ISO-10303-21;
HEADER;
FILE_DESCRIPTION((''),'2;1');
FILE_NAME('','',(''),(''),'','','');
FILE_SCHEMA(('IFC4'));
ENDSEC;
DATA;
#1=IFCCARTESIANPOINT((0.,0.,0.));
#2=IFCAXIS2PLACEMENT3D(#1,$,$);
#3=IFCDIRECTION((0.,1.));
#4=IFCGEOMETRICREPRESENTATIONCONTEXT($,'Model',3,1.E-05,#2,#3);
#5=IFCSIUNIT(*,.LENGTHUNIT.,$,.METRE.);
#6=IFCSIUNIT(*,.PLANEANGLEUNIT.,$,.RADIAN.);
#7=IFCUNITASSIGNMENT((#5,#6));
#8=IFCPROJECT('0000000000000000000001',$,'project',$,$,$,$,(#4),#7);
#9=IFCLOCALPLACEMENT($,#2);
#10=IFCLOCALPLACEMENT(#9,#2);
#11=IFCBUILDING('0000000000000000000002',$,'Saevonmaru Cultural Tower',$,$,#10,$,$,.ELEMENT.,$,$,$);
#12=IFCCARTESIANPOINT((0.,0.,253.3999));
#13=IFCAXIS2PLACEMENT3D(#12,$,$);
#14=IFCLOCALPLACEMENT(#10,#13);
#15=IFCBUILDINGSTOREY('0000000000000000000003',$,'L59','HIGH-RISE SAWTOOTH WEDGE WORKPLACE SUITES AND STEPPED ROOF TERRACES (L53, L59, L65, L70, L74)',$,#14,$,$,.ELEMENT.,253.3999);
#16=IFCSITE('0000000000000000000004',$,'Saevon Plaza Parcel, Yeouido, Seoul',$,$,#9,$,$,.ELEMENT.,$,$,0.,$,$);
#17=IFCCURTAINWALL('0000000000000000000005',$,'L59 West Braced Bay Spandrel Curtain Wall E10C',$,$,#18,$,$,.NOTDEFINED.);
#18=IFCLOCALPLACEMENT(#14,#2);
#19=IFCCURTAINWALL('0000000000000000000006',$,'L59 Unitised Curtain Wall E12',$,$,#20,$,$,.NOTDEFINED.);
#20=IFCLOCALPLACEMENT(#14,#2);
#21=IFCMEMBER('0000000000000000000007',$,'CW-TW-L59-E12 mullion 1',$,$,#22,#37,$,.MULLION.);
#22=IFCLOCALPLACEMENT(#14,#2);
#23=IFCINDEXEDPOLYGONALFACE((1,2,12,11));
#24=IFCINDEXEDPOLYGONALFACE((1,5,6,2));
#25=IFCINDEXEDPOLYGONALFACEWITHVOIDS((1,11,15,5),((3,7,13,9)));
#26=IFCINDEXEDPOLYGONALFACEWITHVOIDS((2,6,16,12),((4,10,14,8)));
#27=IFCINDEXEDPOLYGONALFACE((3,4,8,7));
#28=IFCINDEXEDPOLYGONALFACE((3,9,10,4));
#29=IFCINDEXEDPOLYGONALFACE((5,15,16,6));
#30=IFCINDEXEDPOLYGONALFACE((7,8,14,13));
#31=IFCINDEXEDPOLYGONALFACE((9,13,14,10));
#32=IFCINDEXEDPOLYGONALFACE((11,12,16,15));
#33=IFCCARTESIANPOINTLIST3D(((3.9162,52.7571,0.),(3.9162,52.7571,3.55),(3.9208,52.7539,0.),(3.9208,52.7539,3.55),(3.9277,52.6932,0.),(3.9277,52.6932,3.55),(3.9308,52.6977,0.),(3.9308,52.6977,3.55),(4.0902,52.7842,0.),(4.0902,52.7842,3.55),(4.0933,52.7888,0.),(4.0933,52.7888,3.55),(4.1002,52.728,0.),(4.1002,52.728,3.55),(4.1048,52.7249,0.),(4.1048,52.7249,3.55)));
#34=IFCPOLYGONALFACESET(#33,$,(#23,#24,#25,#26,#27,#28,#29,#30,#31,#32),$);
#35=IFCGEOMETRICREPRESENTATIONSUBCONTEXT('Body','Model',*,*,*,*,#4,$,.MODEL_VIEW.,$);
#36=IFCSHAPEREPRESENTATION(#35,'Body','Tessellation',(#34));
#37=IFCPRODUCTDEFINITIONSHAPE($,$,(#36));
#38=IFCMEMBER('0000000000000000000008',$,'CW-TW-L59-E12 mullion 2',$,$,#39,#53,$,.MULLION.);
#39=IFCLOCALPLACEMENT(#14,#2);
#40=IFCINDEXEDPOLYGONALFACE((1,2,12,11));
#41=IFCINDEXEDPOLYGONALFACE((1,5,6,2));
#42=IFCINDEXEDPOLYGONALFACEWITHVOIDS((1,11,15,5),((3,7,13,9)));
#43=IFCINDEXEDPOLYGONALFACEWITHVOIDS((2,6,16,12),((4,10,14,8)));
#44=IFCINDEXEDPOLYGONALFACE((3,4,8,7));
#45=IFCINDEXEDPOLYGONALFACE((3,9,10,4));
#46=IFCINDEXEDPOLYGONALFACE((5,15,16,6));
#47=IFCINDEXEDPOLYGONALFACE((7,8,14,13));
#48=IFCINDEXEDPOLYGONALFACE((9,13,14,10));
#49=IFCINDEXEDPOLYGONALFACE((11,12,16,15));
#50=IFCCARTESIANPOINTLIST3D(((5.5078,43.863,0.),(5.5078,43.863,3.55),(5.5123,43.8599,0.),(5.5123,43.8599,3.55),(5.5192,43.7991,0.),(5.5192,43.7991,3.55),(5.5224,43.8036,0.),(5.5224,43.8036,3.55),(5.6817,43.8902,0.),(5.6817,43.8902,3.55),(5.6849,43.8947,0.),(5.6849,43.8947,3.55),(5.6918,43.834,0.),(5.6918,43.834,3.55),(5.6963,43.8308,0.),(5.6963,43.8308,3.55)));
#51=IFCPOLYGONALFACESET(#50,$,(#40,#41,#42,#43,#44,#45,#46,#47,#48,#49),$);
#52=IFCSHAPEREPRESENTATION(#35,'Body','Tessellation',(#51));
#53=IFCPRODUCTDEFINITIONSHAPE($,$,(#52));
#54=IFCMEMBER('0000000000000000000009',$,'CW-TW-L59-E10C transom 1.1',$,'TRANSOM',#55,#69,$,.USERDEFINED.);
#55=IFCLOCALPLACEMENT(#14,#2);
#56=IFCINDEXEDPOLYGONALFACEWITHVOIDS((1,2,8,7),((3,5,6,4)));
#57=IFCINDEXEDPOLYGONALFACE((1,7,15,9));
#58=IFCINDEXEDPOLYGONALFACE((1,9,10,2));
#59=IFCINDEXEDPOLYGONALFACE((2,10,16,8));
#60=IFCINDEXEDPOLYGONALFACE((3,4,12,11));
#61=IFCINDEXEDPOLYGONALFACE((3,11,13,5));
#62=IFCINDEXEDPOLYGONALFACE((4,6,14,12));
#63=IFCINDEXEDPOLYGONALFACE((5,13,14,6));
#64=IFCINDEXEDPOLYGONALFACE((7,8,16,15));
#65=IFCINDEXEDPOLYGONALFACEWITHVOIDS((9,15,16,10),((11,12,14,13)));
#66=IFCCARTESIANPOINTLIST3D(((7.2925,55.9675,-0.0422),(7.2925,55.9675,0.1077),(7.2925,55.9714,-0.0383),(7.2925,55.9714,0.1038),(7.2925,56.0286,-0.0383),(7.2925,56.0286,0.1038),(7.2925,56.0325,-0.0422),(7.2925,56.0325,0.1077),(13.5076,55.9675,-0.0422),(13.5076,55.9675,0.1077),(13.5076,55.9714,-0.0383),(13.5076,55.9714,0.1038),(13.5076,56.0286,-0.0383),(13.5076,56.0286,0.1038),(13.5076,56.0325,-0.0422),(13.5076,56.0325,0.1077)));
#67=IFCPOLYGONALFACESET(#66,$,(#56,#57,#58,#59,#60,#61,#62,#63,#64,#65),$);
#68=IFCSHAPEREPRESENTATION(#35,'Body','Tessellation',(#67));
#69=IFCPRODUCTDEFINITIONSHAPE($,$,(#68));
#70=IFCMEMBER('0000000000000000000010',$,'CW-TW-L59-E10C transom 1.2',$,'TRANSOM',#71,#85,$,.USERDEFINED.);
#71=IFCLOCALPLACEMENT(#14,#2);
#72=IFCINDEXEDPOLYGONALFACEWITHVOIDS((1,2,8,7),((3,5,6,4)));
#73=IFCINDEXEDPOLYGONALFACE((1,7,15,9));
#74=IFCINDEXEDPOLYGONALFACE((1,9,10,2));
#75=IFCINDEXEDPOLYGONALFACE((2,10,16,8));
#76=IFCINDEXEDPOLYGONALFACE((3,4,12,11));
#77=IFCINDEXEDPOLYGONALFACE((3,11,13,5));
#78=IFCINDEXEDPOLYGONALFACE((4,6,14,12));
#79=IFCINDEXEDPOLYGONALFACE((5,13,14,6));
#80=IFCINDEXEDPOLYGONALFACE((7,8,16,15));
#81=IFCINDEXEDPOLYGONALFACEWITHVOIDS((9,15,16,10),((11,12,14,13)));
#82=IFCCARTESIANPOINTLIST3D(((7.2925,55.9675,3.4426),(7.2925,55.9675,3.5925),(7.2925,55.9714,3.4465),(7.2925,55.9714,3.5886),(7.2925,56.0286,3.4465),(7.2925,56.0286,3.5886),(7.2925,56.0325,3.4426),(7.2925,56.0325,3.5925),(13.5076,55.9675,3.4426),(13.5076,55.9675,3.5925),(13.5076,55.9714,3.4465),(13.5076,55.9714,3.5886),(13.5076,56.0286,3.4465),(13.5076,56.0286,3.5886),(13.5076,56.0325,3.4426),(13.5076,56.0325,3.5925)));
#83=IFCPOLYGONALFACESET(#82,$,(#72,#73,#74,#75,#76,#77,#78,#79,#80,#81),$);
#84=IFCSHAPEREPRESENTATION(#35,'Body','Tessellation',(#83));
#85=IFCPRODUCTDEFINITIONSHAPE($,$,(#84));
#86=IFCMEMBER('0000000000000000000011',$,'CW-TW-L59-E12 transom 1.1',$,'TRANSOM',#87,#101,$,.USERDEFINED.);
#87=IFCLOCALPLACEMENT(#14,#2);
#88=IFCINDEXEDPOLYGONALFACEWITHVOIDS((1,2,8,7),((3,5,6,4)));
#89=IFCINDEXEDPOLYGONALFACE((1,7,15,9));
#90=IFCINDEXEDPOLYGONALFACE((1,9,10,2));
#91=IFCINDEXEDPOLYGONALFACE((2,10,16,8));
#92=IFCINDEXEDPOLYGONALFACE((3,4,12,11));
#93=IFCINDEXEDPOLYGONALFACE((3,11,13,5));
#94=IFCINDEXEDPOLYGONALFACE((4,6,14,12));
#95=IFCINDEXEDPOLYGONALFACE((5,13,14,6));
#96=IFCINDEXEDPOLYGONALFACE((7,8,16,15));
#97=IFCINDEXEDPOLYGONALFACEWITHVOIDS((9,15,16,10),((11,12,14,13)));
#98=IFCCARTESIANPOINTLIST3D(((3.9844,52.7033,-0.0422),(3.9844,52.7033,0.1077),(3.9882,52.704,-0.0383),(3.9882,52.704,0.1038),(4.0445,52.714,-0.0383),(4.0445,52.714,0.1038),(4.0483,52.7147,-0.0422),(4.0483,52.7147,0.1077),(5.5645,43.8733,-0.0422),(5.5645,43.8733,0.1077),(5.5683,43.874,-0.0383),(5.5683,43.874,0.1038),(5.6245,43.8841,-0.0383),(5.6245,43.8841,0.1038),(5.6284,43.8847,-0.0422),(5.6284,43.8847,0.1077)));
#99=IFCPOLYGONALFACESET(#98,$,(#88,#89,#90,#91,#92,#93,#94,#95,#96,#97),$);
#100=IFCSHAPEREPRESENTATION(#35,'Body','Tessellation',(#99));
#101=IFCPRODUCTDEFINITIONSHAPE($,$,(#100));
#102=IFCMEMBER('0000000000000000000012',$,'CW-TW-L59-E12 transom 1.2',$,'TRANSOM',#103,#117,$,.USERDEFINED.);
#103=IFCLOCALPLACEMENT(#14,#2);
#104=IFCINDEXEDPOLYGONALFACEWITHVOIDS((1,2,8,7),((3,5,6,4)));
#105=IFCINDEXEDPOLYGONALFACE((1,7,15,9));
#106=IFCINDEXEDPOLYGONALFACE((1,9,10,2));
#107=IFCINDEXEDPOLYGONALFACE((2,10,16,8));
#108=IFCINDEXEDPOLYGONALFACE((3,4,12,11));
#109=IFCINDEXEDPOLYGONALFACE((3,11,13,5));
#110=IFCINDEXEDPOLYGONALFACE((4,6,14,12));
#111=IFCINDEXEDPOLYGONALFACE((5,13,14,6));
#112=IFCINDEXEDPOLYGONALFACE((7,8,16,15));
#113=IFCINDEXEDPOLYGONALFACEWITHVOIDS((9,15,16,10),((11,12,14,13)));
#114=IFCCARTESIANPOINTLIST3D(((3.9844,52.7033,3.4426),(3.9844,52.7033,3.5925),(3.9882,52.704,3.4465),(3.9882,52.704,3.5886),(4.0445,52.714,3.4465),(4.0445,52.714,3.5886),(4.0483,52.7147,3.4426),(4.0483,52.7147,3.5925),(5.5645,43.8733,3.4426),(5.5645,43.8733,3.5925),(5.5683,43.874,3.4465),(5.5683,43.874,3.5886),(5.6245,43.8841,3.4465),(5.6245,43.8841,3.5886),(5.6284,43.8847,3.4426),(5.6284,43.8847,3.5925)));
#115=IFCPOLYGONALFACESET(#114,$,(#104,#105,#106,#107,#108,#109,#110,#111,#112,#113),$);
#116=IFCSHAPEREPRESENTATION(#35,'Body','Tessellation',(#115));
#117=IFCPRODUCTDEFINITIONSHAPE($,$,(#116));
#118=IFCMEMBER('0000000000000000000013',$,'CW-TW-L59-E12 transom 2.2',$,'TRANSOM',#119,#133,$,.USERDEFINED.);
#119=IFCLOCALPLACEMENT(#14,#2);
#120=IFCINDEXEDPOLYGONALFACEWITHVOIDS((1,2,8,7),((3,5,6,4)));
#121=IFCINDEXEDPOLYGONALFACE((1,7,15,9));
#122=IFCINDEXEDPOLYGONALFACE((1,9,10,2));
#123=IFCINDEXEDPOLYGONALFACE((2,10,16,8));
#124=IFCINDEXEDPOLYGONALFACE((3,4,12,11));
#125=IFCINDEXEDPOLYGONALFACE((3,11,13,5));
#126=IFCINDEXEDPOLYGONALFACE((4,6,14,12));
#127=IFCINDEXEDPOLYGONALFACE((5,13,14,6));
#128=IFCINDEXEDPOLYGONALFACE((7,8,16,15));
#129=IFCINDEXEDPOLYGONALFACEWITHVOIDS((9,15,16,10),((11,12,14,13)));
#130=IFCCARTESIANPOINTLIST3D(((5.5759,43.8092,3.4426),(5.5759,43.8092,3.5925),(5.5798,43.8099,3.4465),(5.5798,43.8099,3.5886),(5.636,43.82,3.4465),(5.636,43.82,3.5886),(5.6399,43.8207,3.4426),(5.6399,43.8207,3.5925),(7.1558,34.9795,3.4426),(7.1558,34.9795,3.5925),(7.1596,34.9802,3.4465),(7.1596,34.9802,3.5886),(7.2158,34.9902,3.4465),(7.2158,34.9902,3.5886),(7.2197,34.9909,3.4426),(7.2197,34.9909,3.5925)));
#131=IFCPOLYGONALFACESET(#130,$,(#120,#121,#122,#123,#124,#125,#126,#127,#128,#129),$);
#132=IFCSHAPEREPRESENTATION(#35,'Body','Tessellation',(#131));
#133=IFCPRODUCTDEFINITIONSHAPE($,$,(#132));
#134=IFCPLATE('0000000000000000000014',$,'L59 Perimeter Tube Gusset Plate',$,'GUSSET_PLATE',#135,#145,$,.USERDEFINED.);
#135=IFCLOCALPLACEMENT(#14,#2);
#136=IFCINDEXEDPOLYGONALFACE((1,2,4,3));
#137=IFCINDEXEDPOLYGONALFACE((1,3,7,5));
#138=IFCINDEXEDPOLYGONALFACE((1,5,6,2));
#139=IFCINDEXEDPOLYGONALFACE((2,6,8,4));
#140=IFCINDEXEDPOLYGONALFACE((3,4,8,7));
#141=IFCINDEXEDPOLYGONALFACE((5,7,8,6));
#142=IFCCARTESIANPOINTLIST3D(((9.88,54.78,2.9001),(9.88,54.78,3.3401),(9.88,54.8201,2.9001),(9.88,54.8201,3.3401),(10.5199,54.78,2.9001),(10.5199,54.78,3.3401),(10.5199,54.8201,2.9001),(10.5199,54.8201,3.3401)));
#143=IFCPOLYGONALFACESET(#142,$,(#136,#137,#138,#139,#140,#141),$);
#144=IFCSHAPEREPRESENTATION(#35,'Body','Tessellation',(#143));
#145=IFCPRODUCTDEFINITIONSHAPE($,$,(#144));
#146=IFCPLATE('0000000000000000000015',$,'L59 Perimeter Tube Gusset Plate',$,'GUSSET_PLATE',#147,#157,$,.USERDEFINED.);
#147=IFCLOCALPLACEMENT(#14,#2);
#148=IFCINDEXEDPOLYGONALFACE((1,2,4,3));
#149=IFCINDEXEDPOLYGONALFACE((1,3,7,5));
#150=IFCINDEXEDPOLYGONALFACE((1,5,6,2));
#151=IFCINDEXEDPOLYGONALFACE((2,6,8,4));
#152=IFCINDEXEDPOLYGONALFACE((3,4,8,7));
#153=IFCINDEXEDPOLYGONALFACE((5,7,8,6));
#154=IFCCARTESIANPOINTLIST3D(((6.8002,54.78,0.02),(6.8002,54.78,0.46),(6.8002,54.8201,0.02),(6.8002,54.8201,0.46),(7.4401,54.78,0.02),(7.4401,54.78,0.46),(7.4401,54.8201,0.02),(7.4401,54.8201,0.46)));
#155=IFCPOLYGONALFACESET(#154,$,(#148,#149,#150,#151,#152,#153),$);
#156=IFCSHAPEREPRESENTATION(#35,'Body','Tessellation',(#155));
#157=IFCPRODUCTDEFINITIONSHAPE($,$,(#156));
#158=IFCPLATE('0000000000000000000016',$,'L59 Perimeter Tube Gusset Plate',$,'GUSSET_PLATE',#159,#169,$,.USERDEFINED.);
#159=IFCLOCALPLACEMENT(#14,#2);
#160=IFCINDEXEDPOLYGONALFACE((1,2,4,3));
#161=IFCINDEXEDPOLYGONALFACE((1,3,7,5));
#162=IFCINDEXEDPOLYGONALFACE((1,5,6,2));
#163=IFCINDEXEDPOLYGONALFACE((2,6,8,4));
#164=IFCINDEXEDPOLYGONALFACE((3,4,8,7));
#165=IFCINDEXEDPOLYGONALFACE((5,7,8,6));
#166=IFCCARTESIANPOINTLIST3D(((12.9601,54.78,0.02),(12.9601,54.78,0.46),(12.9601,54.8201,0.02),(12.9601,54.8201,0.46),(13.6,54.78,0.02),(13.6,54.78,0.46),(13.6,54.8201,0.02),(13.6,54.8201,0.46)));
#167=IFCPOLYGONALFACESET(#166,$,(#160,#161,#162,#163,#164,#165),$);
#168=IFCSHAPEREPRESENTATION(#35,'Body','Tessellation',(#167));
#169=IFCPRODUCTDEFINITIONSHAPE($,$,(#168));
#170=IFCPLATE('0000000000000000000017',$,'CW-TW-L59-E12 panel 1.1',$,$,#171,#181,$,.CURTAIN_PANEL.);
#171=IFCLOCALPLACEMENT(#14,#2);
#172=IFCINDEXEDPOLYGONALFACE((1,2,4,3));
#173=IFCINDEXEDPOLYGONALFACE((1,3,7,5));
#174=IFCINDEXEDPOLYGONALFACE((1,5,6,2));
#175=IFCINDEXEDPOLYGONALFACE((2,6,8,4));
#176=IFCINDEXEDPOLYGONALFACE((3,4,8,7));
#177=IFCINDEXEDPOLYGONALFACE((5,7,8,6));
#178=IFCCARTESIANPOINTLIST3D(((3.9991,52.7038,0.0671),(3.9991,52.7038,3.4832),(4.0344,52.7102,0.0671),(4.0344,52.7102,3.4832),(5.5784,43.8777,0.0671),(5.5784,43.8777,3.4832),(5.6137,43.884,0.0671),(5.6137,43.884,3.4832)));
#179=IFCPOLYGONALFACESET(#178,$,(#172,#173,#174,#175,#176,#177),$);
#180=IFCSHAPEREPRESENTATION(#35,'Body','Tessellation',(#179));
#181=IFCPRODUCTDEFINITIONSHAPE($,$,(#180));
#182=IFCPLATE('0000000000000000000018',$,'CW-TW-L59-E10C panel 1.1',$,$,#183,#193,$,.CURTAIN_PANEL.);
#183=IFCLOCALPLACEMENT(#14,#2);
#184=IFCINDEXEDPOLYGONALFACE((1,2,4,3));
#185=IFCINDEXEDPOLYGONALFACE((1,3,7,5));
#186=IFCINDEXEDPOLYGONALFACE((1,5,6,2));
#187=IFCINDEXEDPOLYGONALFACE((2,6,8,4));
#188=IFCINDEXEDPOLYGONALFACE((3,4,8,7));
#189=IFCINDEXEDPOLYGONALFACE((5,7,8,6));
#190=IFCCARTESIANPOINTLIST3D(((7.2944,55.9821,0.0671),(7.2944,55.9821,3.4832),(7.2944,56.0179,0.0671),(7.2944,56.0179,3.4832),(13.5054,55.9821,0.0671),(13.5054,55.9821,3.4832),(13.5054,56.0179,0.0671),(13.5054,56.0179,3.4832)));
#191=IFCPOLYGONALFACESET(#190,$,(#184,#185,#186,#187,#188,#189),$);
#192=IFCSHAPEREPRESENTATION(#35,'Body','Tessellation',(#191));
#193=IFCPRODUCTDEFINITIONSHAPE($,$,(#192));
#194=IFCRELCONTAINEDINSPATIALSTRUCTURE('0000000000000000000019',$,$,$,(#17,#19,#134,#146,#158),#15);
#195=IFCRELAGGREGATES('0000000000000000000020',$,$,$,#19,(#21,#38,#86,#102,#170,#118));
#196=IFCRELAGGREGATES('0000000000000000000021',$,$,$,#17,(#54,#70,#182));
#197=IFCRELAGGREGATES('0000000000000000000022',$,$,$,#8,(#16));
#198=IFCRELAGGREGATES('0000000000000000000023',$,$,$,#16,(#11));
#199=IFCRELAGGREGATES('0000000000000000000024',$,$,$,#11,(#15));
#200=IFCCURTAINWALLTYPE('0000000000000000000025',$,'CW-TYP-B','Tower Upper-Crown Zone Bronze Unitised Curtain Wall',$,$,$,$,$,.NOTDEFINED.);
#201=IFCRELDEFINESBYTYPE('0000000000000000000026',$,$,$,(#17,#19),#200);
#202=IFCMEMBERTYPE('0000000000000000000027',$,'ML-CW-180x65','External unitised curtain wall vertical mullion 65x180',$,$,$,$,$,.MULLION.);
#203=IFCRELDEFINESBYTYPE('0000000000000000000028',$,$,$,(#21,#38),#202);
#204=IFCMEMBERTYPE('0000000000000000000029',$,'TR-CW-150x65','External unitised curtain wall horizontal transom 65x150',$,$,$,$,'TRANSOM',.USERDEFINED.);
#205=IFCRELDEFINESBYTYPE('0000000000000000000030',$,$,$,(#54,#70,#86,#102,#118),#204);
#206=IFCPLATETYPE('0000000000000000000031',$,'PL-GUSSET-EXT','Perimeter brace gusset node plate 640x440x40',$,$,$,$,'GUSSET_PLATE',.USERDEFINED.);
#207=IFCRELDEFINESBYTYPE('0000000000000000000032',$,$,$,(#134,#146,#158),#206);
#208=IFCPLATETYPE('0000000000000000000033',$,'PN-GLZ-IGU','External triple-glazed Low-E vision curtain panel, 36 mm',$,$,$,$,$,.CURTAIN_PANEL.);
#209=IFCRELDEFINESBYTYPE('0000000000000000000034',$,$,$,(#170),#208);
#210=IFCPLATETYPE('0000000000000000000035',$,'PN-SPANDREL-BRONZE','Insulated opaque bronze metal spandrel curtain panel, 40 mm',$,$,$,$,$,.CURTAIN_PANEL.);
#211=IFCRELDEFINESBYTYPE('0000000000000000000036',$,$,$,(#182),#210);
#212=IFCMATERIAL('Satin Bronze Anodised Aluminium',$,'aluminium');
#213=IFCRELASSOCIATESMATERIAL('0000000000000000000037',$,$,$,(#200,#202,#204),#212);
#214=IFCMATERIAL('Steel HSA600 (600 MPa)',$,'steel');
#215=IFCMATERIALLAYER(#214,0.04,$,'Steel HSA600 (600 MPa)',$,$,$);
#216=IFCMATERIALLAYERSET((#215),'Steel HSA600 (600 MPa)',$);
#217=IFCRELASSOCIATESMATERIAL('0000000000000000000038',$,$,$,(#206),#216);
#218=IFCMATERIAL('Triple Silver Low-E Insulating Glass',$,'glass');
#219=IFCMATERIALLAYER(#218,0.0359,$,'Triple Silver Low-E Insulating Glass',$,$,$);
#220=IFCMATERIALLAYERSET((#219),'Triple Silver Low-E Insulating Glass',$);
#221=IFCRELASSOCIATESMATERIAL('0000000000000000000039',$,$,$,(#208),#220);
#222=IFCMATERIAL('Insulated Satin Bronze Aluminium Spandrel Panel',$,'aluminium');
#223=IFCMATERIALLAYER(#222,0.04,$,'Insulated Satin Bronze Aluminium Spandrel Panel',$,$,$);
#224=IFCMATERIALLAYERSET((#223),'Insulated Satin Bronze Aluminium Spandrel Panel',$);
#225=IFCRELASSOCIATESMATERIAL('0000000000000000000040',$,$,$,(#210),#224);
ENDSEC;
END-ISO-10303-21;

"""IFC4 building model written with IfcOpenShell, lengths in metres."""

from ifc_helpers import new_model, si_unit, direction, frame, origin, origin_2d, place, context, subcontext, project, spatial, rectangle, hollow_rectangle, extrude, material, layer, layer_set, material_profile, profile_set, type_object, element, aggregate, save


model = new_model("IFC4")

# Units and contexts
model_context = context("Model", 3, precision=1e-05, world=origin(), true_north=direction((0.0, 1.0)))
body_context = subcontext(model_context, "Body", "Model", "MODEL_VIEW")
ifc_project = project(units=[si_unit("LENGTHUNIT", "METRE"), si_unit("PLANEANGLEUNIT", "RADIAN")], contexts=[model_context])

# Site, building, storey
site_placement = place(None, origin())
site = spatial("IfcSite", under=ifc_project, at=site_placement, Name="Saevon Plaza Parcel, Yeouido, Seoul", CompositionType="ELEMENT", RefElevation=0.0)
building_placement = place(site_placement, origin())
building = spatial("IfcBuilding", under=site, at=building_placement, Name="Saevonmaru Cultural Tower", CompositionType="ELEMENT")
storey_placement = place(building_placement, frame((0.0, 0.0, 253.3999)))
storey = spatial("IfcBuildingStorey", under=building, at=storey_placement, Name="L59", Description="HIGH-RISE SAWTOOTH WEDGE WORKPLACE SUITES AND STEPPED ROOF TERRACES (L53, L59, L65, L70, L74)", CompositionType="ELEMENT", Elevation=253.3999)

# Curtain wall
ifc_material_1 = material(Name="Satin Bronze Anodised Aluminium", Category="aluminium")
curtain_wall_type = type_object("IfcCurtainWallType", Name="CW-TYP-B", Description="Tower Upper-Crown Zone Bronze Unitised Curtain Wall", PredefinedType="NOTDEFINED", material=ifc_material_1)
curtain_wall_1_placement = place(storey_placement, origin())
curtain_wall_1 = element("IfcCurtainWall", 1, at=curtain_wall_1_placement, inside=storey, type_object=curtain_wall_type, Name="L59 West Braced Bay Spandrel Curtain Wall E10C", PredefinedType="NOTDEFINED")
ifc_material_profile_1 = material_profile(ifc_material_1, hollow_rectangle(XDim=0.0649, YDim=0.1799, WallThickness=0.0039, at=origin_2d()), Name="ALU-MULL-180x65x4")
ifc_profile_set_1 = profile_set([ifc_material_profile_1], Name="Satin Bronze Anodised Aluminium")
member_type_1 = type_object("IfcMemberType", Name="ML-CW-180x65", Description="External unitised curtain wall vertical mullion 65x180", PredefinedType="MULLION", material=ifc_profile_set_1)

# Curtain wall, members
curtain_wall_2_placement = place(storey_placement, origin())
curtain_wall_2 = element("IfcCurtainWall", 2, at=curtain_wall_2_placement, inside=storey, type_object=curtain_wall_type, Name="L59 Unitised Curtain Wall E12", PredefinedType="NOTDEFINED")
member_1_placement = place(storey_placement, frame((4.0105, 52.741, 0.0), z_axis=(0.0, 0.0, 1.0), x_axis=(0.176141, -0.984365, 0.0)))
member_1 = element("IfcMember", 3, at=member_1_placement, type_object=member_type_1, Name="CW-TW-L59-E12 mullion 1", PredefinedType="MULLION", context=body_context, shape_type="SweptSolid", body=[
    extrude(hollow_rectangle(XDim=0.0649, YDim=0.1799, WallThickness=0.0039, at=origin_2d()), origin(), (0.0, 0.0, 1.0), 3.55),
])
member_2_placement = place(storey_placement, frame((5.6021, 43.8469, 0.0), z_axis=(0.0, 0.0, 1.0), x_axis=(0.176141, -0.984365, 0.0)))
member_2 = element("IfcMember", 4, at=member_2_placement, type_object=member_type_1, Name="CW-TW-L59-E12 mullion 2", PredefinedType="MULLION", context=body_context, shape_type="SweptSolid", body=[
    extrude(hollow_rectangle(XDim=0.0649, YDim=0.1799, WallThickness=0.0039, at=origin_2d()), origin(), (0.0, 0.0, 1.0), 3.55),
])

# Members
ifc_material_profile_2 = material_profile(ifc_material_1, hollow_rectangle(XDim=0.0649, YDim=0.1499, WallThickness=0.0039, at=origin_2d()), Name="ALU-TRAN-150x65x4")
ifc_profile_set_2 = profile_set([ifc_material_profile_2], Name="Satin Bronze Anodised Aluminium")
member_type_2 = type_object("IfcMemberType", Name="TR-CW-150x65", Description="External unitised curtain wall horizontal transom 65x150", ElementType="TRANSOM", PredefinedType="USERDEFINED", material=ifc_profile_set_2)
member_3_placement = place(storey_placement, frame((13.5076, 56.0, 0.0327), z_axis=(-1.0, 0.0, 0.0), x_axis=(0.0, -1.0, 0.0)))
member_3 = element("IfcMember", 5, at=member_3_placement, type_object=member_type_2, Name="CW-TW-L59-E10C transom 1.1", ObjectType="TRANSOM", PredefinedType="USERDEFINED", context=body_context, shape_type="SweptSolid", body=[
    extrude(hollow_rectangle(XDim=0.0649, YDim=0.1499, WallThickness=0.0039, at=origin_2d()), origin(), (0.0, 0.0, 1.0), 6.2151),
])
member_4_placement = place(storey_placement, frame((13.5076, 56.0, 3.5176), z_axis=(-1.0, 0.0, 0.0), x_axis=(0.0, -1.0, 0.0)))
member_4 = element("IfcMember", 6, at=member_4_placement, type_object=member_type_2, Name="CW-TW-L59-E10C transom 1.2", ObjectType="TRANSOM", PredefinedType="USERDEFINED", context=body_context, shape_type="SweptSolid", body=[
    extrude(hollow_rectangle(XDim=0.0649, YDim=0.1499, WallThickness=0.0039, at=origin_2d()), origin(), (0.0, 0.0, 1.0), 6.2151),
])
member_5_placement = place(storey_placement, frame((4.0164, 52.709, 0.0327), z_axis=(0.176145, -0.984364, 0.0), x_axis=(0.984364, 0.176145, 0.0)))
member_5 = element("IfcMember", 7, at=member_5_placement, type_object=member_type_2, Name="CW-TW-L59-E12 transom 1.1", ObjectType="TRANSOM", PredefinedType="USERDEFINED", context=body_context, shape_type="SweptSolid", body=[
    extrude(hollow_rectangle(XDim=0.0649, YDim=0.1499, WallThickness=0.0039, at=origin_2d()), origin(), (0.0, 0.0, 1.0), 8.9702),
])
member_6_placement = place(storey_placement, frame((4.0164, 52.709, 3.5176), z_axis=(0.176145, -0.984364, 0.0), x_axis=(0.984364, 0.176145, 0.0)))
member_6 = element("IfcMember", 8, at=member_6_placement, type_object=member_type_2, Name="CW-TW-L59-E12 transom 1.2", ObjectType="TRANSOM", PredefinedType="USERDEFINED", context=body_context, shape_type="SweptSolid", body=[
    extrude(hollow_rectangle(XDim=0.0649, YDim=0.1499, WallThickness=0.0039, at=origin_2d()), origin(), (0.0, 0.0, 1.0), 8.9702),
])
member_7_placement = place(storey_placement, frame((5.6079, 43.8149, 3.5176), z_axis=(0.176123, -0.984368, 0.0), x_axis=(0.984368, 0.176123, 0.0)))
member_7 = element("IfcMember", 9, at=member_7_placement, type_object=member_type_2, Name="CW-TW-L59-E12 transom 2.2", ObjectType="TRANSOM", PredefinedType="USERDEFINED", context=body_context, shape_type="SweptSolid", body=[
    extrude(hollow_rectangle(XDim=0.0649, YDim=0.1499, WallThickness=0.0039, at=origin_2d()), origin(), (0.0, 0.0, 1.0), 8.97),
])

# Plates
ifc_material_2 = material(Name="Steel HSA600 (600 MPa)", Category="steel")
ifc_layer_1 = layer(ifc_material_2, 0.04, Name="Steel HSA600 (600 MPa)")
ifc_layer_set_1 = layer_set([ifc_layer_1], Name="Steel HSA600 (600 MPa)")
plate_type_1 = type_object("IfcPlateType", Name="PL-GUSSET-EXT", Description="Perimeter brace gusset node plate 640x440x40", ElementType="GUSSET_PLATE", PredefinedType="USERDEFINED", material=ifc_layer_set_1)
for number, where, z_axis, x_axis, name in (
    (10, (10.2, 54.8, 2.9001), (0.0, 0.0, 1.0), (1.0, 0.0, 0.0), "L59 Perimeter Tube Gusset Plate"),
    (11, (7.1201, 54.8, 0.02), (0.0, 0.0, 1.0), (1.0, 0.0, 0.0), "L59 Perimeter Tube Gusset Plate"),
    (12, (13.28, 54.8, 0.02), (0.0, 0.0, 1.0), (1.0, 0.0, 0.0), "L59 Perimeter Tube Gusset Plate"),
):
    element("IfcPlate", number, at=place(storey_placement, frame(where, z_axis=z_axis, x_axis=x_axis)), inside=storey, type_object=plate_type_1, Name=name, ObjectType="GUSSET_PLATE", PredefinedType="USERDEFINED", context=body_context, shape_type="SweptSolid", body=[
        extrude(rectangle(XDim=0.6399, YDim=0.04, at=origin_2d()), origin(), (0.0, 0.0, 1.0), 0.4399),
    ])

# Plates
ifc_material_3 = material(Name="Triple Silver Low-E Insulating Glass", Category="glass")
ifc_layer_2 = layer(ifc_material_3, 0.0359, Name="Triple Silver Low-E Insulating Glass")
ifc_layer_set_2 = layer_set([ifc_layer_2], Name="Triple Silver Low-E Insulating Glass")
plate_type_2 = type_object("IfcPlateType", Name="PN-GLZ-IGU", Description="External triple-glazed Low-E vision curtain panel, 36 mm", PredefinedType="CURTAIN_PANEL", material=ifc_layer_set_2)
plate_1_placement = place(storey_placement, frame((4.8064, 48.2939, 0.0671), z_axis=(0.0, 0.0, 1.0), x_axis=(0.176141, -0.984365, 0.0)))
plate_1 = element("IfcPlate", 13, at=plate_1_placement, type_object=plate_type_2, Name="CW-TW-L59-E12 panel 1.1", PredefinedType="CURTAIN_PANEL", context=body_context, shape_type="SweptSolid", body=[
    extrude(rectangle(XDim=8.9663, YDim=0.0359, at=origin_2d()), origin(), (0.0, 0.0, 1.0), 3.416),
])
aggregate(curtain_wall_2, [member_1, member_2, member_5, member_6, plate_1, member_7])
ifc_material_4 = material(Name="Insulated Satin Bronze Aluminium Spandrel Panel", Category="aluminium")
ifc_layer_3 = layer(ifc_material_4, 0.04, Name="Insulated Satin Bronze Aluminium Spandrel Panel")
ifc_layer_set_3 = layer_set([ifc_layer_3], Name="Insulated Satin Bronze Aluminium Spandrel Panel")
plate_type_3 = type_object("IfcPlateType", Name="PN-SPANDREL-BRONZE", Description="Insulated opaque bronze metal spandrel curtain panel, 40 mm", PredefinedType="CURTAIN_PANEL", material=ifc_layer_set_3)
plate_2_placement = place(storey_placement, frame((10.3999, 56.0, 0.0671), z_axis=(0.0, 0.0, 1.0), x_axis=(-1.0, 0.0, 0.0)))
plate_2 = element("IfcPlate", 14, at=plate_2_placement, type_object=plate_type_3, Name="CW-TW-L59-E10C panel 1.1", PredefinedType="CURTAIN_PANEL", context=body_context, shape_type="SweptSolid", body=[
    extrude(rectangle(XDim=6.2109, YDim=0.0359, at=origin_2d()), origin(), (0.0, 0.0, 1.0), 3.416),
])
aggregate(curtain_wall_1, [member_3, member_4, plate_2])

save(model, "model.ifc")
